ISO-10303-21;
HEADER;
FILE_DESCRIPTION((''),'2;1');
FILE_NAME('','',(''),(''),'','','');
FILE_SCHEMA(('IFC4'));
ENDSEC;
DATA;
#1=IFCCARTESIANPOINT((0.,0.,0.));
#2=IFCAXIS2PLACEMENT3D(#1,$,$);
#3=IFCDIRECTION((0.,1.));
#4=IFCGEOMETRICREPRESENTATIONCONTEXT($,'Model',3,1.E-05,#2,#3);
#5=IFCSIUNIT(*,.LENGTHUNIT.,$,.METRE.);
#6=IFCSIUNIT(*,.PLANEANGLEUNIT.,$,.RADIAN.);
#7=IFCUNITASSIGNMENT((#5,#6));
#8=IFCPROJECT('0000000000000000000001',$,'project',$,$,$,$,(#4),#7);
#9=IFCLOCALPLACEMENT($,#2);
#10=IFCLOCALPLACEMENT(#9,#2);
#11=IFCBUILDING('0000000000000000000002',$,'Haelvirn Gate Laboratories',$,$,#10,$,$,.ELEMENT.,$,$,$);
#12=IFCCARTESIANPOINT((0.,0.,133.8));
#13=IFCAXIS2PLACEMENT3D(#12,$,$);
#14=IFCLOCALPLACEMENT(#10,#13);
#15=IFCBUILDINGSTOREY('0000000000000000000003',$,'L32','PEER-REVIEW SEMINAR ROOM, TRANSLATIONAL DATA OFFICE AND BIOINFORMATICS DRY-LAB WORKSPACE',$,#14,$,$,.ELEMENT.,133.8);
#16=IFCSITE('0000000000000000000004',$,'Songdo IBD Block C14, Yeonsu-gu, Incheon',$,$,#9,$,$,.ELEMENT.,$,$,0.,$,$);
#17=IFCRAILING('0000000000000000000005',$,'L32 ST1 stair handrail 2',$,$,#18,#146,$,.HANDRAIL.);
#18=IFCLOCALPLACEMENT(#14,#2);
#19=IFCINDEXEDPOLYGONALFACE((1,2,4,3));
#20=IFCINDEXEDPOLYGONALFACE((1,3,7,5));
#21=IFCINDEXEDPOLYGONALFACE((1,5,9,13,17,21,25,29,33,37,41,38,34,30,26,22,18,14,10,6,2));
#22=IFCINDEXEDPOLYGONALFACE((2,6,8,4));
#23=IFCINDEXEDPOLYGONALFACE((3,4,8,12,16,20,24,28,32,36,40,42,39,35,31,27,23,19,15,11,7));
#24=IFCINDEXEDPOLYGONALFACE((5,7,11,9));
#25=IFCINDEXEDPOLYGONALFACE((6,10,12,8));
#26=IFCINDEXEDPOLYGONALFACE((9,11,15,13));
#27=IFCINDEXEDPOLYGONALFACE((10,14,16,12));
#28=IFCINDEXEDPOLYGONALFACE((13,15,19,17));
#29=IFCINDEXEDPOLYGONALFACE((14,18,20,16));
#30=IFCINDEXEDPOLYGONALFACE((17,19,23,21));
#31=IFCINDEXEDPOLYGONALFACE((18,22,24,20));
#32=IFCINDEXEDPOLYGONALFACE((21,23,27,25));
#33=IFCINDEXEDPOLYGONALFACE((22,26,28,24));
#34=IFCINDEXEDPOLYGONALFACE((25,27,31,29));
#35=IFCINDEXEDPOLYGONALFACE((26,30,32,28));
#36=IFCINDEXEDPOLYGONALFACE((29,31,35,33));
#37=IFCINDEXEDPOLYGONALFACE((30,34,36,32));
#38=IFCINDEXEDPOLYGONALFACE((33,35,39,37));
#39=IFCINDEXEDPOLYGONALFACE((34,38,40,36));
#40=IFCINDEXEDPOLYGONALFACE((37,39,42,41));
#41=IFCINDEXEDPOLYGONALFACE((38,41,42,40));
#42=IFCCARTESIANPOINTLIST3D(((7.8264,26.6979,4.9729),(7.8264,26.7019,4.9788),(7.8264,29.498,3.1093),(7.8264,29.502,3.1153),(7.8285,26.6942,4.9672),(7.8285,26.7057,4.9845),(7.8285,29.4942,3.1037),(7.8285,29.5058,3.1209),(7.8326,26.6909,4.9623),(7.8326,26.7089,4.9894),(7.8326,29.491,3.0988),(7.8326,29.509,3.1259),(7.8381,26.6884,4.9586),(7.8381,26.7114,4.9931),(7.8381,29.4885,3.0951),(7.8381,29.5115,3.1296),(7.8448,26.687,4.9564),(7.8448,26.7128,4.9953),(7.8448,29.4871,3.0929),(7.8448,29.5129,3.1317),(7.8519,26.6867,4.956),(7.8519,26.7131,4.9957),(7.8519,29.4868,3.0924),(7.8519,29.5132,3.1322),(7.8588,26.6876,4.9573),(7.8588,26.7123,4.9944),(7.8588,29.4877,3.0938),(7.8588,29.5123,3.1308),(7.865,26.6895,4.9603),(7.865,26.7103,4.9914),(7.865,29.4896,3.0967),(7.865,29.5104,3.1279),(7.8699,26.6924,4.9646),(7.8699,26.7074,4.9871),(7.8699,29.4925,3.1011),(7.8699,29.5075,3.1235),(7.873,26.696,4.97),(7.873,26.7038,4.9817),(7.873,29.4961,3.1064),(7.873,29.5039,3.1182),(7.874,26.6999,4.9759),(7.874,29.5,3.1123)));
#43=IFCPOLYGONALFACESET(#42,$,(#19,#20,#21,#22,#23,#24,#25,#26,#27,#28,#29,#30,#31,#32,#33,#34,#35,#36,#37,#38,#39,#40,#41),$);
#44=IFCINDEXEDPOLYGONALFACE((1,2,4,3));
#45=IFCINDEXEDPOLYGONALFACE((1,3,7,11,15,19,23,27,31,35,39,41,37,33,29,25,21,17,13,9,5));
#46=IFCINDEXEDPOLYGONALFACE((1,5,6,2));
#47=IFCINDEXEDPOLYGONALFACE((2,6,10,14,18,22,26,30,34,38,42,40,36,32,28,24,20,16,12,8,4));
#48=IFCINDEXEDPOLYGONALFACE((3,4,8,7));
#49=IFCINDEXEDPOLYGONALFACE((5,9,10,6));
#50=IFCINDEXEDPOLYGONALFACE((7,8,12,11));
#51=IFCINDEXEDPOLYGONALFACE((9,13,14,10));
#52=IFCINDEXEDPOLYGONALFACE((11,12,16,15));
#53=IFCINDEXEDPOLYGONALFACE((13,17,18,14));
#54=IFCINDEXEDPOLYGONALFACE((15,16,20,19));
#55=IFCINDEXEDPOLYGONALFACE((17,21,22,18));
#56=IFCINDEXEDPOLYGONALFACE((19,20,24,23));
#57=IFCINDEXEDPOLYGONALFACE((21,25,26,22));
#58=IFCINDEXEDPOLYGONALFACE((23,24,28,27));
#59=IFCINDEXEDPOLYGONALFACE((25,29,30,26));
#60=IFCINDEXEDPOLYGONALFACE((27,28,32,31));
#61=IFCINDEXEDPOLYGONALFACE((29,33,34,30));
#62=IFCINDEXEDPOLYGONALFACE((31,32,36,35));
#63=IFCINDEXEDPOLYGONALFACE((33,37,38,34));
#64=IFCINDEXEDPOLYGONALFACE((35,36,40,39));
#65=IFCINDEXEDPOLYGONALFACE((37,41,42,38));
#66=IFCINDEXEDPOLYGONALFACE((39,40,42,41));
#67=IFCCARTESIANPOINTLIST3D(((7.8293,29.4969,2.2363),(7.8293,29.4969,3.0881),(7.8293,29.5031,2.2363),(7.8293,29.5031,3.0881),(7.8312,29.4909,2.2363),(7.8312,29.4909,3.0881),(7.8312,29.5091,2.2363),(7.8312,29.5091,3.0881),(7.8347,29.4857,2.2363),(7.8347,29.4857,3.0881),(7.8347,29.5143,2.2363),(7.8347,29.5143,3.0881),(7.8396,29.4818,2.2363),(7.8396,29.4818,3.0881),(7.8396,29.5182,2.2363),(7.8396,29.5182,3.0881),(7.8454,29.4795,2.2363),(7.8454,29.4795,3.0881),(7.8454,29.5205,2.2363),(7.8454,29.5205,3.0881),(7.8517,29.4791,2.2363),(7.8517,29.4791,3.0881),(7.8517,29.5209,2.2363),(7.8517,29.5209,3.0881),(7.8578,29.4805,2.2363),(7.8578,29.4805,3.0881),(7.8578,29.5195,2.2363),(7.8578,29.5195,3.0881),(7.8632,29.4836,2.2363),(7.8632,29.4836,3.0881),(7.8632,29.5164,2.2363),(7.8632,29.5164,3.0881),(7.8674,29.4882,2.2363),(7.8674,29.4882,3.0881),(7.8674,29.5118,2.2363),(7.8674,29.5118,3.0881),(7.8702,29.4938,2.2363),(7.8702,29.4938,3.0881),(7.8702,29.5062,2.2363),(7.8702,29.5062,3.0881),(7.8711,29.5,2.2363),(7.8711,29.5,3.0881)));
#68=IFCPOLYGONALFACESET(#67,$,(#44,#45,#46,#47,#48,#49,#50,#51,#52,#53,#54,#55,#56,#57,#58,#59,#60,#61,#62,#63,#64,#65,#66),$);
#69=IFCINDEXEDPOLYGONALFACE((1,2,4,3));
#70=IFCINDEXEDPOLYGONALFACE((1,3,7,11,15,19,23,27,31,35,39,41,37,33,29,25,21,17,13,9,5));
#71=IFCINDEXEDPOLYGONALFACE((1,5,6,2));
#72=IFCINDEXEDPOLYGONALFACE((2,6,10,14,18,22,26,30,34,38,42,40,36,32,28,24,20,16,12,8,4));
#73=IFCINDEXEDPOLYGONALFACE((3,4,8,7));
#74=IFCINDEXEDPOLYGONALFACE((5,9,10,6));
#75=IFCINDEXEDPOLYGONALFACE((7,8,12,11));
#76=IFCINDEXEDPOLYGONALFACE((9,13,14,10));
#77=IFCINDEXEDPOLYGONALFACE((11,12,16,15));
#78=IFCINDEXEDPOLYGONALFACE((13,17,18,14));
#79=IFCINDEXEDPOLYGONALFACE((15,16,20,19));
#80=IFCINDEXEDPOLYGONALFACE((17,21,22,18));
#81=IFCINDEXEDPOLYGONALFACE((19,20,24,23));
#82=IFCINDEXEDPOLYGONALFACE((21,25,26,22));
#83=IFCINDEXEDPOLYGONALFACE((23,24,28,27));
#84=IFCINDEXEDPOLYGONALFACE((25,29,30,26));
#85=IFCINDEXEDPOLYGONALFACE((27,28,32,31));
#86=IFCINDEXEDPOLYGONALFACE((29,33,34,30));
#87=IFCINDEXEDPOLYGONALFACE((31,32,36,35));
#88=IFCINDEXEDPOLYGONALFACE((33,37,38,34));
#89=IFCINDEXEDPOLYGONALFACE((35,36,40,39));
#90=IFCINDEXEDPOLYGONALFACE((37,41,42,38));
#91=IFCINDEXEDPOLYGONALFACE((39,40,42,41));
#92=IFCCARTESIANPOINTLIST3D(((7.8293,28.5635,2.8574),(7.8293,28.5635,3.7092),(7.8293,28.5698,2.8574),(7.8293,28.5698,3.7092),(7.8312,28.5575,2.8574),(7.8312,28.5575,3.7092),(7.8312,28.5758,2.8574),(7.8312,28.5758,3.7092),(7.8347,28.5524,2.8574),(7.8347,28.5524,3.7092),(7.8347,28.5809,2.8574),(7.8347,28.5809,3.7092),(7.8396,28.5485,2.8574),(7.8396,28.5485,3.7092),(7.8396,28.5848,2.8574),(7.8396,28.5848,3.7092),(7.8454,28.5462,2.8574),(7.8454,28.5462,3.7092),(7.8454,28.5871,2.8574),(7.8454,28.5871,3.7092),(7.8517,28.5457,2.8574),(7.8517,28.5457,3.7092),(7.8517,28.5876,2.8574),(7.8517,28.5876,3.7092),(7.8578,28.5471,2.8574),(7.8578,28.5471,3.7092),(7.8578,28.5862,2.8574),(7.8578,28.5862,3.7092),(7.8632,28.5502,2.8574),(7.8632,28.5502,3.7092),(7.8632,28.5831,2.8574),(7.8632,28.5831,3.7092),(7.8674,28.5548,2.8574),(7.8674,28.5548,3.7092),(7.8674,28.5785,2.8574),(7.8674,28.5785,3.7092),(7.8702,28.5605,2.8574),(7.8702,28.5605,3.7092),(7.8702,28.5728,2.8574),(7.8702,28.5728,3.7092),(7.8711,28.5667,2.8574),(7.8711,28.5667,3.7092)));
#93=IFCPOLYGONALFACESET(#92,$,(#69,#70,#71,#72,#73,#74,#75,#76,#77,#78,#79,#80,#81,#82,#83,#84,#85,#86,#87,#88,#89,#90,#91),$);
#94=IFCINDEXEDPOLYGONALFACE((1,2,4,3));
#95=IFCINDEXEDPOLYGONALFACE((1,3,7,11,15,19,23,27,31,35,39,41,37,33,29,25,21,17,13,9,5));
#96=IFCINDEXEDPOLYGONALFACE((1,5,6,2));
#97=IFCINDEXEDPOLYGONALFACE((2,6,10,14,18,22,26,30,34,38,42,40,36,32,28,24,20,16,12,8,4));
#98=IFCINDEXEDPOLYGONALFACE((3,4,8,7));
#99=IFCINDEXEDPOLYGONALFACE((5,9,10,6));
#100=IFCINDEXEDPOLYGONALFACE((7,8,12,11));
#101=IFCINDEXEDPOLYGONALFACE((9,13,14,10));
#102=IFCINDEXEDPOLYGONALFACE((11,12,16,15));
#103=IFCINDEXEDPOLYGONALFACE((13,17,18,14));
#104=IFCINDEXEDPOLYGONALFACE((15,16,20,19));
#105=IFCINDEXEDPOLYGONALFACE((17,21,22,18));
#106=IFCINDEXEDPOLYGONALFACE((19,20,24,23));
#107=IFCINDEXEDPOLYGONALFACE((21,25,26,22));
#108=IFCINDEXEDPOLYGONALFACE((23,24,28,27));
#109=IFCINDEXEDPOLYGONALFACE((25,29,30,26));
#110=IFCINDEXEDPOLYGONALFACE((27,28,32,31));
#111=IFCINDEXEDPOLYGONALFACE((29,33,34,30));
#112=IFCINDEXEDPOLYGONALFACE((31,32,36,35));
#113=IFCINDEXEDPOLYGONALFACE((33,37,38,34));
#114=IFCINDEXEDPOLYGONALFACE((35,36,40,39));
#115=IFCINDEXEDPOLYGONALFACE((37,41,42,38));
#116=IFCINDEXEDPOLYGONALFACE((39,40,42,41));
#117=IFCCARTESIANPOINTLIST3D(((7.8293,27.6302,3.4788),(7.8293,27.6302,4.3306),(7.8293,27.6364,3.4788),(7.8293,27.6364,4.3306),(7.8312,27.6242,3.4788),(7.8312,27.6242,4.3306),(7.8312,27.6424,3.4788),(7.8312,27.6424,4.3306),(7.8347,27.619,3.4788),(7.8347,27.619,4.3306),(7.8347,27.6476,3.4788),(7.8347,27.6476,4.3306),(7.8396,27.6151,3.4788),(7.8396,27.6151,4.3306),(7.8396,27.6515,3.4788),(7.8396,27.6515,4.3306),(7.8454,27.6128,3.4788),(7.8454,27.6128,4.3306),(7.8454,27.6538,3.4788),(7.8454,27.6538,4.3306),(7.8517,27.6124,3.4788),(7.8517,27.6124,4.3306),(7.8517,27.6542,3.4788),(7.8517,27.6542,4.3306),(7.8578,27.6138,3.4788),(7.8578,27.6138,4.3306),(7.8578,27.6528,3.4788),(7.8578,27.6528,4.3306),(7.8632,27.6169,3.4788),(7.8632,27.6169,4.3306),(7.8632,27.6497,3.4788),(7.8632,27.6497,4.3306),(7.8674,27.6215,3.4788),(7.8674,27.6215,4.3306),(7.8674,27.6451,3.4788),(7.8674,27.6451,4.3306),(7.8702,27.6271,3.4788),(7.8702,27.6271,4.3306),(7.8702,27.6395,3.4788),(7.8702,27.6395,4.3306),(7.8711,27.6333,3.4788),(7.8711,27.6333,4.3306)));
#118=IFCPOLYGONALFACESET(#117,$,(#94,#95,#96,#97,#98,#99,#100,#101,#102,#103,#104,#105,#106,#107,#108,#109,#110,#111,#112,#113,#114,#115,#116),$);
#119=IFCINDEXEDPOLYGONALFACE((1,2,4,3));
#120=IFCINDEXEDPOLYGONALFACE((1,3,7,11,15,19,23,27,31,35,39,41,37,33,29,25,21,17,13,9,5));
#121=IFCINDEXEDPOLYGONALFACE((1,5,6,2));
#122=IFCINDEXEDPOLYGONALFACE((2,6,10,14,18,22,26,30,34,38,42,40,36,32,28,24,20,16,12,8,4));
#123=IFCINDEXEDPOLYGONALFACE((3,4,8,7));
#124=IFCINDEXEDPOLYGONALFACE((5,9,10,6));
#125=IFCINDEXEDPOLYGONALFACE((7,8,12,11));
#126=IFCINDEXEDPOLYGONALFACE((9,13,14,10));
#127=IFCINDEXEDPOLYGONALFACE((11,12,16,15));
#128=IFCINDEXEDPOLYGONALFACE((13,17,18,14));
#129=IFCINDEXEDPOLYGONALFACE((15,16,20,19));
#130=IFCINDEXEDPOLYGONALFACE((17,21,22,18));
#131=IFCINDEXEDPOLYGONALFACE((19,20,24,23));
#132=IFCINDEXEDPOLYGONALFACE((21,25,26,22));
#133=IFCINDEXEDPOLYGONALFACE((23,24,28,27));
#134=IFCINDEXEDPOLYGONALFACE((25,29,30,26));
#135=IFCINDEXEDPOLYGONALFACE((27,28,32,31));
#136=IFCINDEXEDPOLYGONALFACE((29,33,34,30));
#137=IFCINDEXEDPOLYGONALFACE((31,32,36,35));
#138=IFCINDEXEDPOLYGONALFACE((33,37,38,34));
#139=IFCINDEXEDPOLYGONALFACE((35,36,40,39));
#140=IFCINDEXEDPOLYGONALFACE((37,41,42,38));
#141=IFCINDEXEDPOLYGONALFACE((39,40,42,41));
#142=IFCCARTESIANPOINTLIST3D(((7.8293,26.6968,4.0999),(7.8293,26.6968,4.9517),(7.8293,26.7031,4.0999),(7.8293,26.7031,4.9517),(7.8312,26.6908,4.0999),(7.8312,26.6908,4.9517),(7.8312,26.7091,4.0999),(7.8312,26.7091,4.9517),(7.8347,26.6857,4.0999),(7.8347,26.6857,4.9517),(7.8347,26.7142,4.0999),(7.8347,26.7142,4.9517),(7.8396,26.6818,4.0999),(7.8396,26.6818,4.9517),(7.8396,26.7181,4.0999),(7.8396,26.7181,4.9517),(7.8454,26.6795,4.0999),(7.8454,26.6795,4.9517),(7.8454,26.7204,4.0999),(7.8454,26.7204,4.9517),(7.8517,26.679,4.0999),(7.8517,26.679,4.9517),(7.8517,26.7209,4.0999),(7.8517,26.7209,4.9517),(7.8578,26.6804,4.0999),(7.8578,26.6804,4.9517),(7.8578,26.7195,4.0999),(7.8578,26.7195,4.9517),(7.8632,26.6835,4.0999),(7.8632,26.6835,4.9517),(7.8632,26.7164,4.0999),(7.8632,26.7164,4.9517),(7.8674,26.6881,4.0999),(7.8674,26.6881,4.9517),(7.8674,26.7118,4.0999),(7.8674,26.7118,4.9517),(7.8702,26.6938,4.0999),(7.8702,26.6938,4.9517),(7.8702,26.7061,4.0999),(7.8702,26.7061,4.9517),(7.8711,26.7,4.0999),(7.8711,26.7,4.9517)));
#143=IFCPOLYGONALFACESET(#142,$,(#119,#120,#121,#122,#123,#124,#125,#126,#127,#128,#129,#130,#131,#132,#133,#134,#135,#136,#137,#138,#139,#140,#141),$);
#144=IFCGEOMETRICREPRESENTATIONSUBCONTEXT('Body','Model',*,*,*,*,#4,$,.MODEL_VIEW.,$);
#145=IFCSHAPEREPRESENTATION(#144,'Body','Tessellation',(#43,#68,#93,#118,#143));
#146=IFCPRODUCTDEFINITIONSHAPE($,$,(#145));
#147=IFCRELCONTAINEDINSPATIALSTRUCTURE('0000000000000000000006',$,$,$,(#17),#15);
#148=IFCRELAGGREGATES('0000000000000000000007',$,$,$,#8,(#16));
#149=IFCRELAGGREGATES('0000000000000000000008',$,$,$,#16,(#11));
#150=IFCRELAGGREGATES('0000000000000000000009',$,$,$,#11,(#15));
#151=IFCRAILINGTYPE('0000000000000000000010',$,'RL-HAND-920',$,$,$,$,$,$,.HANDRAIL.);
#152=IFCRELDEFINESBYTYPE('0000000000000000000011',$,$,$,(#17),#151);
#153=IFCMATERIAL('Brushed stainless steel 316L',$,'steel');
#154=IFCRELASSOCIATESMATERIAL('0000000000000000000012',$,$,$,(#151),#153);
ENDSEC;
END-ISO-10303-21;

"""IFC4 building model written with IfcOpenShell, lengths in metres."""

from ifc_helpers import new_model, si_unit, direction, frame, origin, origin_2d, place, context, subcontext, project, spatial, circle, extrude, source, transform, mapped, material, type_object, type_shapes, element, save


model = new_model("IFC4")

# Units and contexts
model_context = context("Model", 3, precision=1e-05, world=origin(), true_north=direction((0.0, 1.0)))
body_context = subcontext(model_context, "Body", "Model", "MODEL_VIEW")
ifc_project = project(units=[si_unit("LENGTHUNIT", "METRE"), si_unit("PLANEANGLEUNIT", "RADIAN")], contexts=[model_context])

# Site, building, storey
site_placement = place(None, origin())
site = spatial("IfcSite", under=ifc_project, at=site_placement, Name="Songdo IBD Block C14, Yeonsu-gu, Incheon", CompositionType="ELEMENT", RefElevation=0.0)
building_placement = place(site_placement, origin())
building = spatial("IfcBuilding", under=site, at=building_placement, Name="Haelvirn Gate Laboratories", CompositionType="ELEMENT")
storey_placement = place(building_placement, frame((0.0, 0.0, 133.8)))
storey = spatial("IfcBuildingStorey", under=building, at=storey_placement, Name="L32", Description="PEER-REVIEW SEMINAR ROOM, TRANSLATIONAL DATA OFFICE AND BIOINFORMATICS DRY-LAB WORKSPACE", CompositionType="ELEMENT", Elevation=133.8)

# Railing
ifc_material_1 = material(Name="Brushed stainless steel 316L", Category="steel")
railing_type_1 = type_object("IfcRailingType", Name="RL-HAND-920", PredefinedType="HANDRAIL", material=ifc_material_1)
shared_shape_1 = source(origin(), body_context, "Body", "SweptSolid", [
    extrude(circle(Radius=0.0239, at=origin_2d()), frame((0.0, 0.0, 0.876), z_axis=(0.0, -0.832486, 0.554047), x_axis=(1.0, 0.0, 0.0)), (0.0, 0.0, 1.0), 3.3635),
    extrude(circle(Radius=0.021, at=origin_2d()), origin(), (0.0, 0.0, 1.0), 0.8518),
    extrude(circle(Radius=0.021, at=origin_2d()), frame((0.0, -0.9333, 0.6211)), (0.0, 0.0, 1.0), 0.8518),
    extrude(circle(Radius=0.021, at=origin_2d()), frame((0.0, -1.8667, 1.2424)), (0.0, 0.0, 1.0), 0.8518),
    extrude(circle(Radius=0.021, at=origin_2d()), frame((0.0, -2.8, 1.8635)), (0.0, 0.0, 1.0), 0.8518),
])
type_shapes(railing_type_1, [shared_shape_1])
railing_1_placement = place(storey_placement, frame((7.8501, 29.5, 2.2363)))
element("IfcRailing", 1, at=railing_1_placement, inside=storey, type_object=railing_type_1, Name="L32 ST1 stair handrail 2", PredefinedType="HANDRAIL", context=body_context, shape_type="MappedRepresentation", body=[
    mapped(shared_shape_1, transform((0.0, 0.0, 0.0), scale=1.0)),
])

save(model, "model.ifc")
